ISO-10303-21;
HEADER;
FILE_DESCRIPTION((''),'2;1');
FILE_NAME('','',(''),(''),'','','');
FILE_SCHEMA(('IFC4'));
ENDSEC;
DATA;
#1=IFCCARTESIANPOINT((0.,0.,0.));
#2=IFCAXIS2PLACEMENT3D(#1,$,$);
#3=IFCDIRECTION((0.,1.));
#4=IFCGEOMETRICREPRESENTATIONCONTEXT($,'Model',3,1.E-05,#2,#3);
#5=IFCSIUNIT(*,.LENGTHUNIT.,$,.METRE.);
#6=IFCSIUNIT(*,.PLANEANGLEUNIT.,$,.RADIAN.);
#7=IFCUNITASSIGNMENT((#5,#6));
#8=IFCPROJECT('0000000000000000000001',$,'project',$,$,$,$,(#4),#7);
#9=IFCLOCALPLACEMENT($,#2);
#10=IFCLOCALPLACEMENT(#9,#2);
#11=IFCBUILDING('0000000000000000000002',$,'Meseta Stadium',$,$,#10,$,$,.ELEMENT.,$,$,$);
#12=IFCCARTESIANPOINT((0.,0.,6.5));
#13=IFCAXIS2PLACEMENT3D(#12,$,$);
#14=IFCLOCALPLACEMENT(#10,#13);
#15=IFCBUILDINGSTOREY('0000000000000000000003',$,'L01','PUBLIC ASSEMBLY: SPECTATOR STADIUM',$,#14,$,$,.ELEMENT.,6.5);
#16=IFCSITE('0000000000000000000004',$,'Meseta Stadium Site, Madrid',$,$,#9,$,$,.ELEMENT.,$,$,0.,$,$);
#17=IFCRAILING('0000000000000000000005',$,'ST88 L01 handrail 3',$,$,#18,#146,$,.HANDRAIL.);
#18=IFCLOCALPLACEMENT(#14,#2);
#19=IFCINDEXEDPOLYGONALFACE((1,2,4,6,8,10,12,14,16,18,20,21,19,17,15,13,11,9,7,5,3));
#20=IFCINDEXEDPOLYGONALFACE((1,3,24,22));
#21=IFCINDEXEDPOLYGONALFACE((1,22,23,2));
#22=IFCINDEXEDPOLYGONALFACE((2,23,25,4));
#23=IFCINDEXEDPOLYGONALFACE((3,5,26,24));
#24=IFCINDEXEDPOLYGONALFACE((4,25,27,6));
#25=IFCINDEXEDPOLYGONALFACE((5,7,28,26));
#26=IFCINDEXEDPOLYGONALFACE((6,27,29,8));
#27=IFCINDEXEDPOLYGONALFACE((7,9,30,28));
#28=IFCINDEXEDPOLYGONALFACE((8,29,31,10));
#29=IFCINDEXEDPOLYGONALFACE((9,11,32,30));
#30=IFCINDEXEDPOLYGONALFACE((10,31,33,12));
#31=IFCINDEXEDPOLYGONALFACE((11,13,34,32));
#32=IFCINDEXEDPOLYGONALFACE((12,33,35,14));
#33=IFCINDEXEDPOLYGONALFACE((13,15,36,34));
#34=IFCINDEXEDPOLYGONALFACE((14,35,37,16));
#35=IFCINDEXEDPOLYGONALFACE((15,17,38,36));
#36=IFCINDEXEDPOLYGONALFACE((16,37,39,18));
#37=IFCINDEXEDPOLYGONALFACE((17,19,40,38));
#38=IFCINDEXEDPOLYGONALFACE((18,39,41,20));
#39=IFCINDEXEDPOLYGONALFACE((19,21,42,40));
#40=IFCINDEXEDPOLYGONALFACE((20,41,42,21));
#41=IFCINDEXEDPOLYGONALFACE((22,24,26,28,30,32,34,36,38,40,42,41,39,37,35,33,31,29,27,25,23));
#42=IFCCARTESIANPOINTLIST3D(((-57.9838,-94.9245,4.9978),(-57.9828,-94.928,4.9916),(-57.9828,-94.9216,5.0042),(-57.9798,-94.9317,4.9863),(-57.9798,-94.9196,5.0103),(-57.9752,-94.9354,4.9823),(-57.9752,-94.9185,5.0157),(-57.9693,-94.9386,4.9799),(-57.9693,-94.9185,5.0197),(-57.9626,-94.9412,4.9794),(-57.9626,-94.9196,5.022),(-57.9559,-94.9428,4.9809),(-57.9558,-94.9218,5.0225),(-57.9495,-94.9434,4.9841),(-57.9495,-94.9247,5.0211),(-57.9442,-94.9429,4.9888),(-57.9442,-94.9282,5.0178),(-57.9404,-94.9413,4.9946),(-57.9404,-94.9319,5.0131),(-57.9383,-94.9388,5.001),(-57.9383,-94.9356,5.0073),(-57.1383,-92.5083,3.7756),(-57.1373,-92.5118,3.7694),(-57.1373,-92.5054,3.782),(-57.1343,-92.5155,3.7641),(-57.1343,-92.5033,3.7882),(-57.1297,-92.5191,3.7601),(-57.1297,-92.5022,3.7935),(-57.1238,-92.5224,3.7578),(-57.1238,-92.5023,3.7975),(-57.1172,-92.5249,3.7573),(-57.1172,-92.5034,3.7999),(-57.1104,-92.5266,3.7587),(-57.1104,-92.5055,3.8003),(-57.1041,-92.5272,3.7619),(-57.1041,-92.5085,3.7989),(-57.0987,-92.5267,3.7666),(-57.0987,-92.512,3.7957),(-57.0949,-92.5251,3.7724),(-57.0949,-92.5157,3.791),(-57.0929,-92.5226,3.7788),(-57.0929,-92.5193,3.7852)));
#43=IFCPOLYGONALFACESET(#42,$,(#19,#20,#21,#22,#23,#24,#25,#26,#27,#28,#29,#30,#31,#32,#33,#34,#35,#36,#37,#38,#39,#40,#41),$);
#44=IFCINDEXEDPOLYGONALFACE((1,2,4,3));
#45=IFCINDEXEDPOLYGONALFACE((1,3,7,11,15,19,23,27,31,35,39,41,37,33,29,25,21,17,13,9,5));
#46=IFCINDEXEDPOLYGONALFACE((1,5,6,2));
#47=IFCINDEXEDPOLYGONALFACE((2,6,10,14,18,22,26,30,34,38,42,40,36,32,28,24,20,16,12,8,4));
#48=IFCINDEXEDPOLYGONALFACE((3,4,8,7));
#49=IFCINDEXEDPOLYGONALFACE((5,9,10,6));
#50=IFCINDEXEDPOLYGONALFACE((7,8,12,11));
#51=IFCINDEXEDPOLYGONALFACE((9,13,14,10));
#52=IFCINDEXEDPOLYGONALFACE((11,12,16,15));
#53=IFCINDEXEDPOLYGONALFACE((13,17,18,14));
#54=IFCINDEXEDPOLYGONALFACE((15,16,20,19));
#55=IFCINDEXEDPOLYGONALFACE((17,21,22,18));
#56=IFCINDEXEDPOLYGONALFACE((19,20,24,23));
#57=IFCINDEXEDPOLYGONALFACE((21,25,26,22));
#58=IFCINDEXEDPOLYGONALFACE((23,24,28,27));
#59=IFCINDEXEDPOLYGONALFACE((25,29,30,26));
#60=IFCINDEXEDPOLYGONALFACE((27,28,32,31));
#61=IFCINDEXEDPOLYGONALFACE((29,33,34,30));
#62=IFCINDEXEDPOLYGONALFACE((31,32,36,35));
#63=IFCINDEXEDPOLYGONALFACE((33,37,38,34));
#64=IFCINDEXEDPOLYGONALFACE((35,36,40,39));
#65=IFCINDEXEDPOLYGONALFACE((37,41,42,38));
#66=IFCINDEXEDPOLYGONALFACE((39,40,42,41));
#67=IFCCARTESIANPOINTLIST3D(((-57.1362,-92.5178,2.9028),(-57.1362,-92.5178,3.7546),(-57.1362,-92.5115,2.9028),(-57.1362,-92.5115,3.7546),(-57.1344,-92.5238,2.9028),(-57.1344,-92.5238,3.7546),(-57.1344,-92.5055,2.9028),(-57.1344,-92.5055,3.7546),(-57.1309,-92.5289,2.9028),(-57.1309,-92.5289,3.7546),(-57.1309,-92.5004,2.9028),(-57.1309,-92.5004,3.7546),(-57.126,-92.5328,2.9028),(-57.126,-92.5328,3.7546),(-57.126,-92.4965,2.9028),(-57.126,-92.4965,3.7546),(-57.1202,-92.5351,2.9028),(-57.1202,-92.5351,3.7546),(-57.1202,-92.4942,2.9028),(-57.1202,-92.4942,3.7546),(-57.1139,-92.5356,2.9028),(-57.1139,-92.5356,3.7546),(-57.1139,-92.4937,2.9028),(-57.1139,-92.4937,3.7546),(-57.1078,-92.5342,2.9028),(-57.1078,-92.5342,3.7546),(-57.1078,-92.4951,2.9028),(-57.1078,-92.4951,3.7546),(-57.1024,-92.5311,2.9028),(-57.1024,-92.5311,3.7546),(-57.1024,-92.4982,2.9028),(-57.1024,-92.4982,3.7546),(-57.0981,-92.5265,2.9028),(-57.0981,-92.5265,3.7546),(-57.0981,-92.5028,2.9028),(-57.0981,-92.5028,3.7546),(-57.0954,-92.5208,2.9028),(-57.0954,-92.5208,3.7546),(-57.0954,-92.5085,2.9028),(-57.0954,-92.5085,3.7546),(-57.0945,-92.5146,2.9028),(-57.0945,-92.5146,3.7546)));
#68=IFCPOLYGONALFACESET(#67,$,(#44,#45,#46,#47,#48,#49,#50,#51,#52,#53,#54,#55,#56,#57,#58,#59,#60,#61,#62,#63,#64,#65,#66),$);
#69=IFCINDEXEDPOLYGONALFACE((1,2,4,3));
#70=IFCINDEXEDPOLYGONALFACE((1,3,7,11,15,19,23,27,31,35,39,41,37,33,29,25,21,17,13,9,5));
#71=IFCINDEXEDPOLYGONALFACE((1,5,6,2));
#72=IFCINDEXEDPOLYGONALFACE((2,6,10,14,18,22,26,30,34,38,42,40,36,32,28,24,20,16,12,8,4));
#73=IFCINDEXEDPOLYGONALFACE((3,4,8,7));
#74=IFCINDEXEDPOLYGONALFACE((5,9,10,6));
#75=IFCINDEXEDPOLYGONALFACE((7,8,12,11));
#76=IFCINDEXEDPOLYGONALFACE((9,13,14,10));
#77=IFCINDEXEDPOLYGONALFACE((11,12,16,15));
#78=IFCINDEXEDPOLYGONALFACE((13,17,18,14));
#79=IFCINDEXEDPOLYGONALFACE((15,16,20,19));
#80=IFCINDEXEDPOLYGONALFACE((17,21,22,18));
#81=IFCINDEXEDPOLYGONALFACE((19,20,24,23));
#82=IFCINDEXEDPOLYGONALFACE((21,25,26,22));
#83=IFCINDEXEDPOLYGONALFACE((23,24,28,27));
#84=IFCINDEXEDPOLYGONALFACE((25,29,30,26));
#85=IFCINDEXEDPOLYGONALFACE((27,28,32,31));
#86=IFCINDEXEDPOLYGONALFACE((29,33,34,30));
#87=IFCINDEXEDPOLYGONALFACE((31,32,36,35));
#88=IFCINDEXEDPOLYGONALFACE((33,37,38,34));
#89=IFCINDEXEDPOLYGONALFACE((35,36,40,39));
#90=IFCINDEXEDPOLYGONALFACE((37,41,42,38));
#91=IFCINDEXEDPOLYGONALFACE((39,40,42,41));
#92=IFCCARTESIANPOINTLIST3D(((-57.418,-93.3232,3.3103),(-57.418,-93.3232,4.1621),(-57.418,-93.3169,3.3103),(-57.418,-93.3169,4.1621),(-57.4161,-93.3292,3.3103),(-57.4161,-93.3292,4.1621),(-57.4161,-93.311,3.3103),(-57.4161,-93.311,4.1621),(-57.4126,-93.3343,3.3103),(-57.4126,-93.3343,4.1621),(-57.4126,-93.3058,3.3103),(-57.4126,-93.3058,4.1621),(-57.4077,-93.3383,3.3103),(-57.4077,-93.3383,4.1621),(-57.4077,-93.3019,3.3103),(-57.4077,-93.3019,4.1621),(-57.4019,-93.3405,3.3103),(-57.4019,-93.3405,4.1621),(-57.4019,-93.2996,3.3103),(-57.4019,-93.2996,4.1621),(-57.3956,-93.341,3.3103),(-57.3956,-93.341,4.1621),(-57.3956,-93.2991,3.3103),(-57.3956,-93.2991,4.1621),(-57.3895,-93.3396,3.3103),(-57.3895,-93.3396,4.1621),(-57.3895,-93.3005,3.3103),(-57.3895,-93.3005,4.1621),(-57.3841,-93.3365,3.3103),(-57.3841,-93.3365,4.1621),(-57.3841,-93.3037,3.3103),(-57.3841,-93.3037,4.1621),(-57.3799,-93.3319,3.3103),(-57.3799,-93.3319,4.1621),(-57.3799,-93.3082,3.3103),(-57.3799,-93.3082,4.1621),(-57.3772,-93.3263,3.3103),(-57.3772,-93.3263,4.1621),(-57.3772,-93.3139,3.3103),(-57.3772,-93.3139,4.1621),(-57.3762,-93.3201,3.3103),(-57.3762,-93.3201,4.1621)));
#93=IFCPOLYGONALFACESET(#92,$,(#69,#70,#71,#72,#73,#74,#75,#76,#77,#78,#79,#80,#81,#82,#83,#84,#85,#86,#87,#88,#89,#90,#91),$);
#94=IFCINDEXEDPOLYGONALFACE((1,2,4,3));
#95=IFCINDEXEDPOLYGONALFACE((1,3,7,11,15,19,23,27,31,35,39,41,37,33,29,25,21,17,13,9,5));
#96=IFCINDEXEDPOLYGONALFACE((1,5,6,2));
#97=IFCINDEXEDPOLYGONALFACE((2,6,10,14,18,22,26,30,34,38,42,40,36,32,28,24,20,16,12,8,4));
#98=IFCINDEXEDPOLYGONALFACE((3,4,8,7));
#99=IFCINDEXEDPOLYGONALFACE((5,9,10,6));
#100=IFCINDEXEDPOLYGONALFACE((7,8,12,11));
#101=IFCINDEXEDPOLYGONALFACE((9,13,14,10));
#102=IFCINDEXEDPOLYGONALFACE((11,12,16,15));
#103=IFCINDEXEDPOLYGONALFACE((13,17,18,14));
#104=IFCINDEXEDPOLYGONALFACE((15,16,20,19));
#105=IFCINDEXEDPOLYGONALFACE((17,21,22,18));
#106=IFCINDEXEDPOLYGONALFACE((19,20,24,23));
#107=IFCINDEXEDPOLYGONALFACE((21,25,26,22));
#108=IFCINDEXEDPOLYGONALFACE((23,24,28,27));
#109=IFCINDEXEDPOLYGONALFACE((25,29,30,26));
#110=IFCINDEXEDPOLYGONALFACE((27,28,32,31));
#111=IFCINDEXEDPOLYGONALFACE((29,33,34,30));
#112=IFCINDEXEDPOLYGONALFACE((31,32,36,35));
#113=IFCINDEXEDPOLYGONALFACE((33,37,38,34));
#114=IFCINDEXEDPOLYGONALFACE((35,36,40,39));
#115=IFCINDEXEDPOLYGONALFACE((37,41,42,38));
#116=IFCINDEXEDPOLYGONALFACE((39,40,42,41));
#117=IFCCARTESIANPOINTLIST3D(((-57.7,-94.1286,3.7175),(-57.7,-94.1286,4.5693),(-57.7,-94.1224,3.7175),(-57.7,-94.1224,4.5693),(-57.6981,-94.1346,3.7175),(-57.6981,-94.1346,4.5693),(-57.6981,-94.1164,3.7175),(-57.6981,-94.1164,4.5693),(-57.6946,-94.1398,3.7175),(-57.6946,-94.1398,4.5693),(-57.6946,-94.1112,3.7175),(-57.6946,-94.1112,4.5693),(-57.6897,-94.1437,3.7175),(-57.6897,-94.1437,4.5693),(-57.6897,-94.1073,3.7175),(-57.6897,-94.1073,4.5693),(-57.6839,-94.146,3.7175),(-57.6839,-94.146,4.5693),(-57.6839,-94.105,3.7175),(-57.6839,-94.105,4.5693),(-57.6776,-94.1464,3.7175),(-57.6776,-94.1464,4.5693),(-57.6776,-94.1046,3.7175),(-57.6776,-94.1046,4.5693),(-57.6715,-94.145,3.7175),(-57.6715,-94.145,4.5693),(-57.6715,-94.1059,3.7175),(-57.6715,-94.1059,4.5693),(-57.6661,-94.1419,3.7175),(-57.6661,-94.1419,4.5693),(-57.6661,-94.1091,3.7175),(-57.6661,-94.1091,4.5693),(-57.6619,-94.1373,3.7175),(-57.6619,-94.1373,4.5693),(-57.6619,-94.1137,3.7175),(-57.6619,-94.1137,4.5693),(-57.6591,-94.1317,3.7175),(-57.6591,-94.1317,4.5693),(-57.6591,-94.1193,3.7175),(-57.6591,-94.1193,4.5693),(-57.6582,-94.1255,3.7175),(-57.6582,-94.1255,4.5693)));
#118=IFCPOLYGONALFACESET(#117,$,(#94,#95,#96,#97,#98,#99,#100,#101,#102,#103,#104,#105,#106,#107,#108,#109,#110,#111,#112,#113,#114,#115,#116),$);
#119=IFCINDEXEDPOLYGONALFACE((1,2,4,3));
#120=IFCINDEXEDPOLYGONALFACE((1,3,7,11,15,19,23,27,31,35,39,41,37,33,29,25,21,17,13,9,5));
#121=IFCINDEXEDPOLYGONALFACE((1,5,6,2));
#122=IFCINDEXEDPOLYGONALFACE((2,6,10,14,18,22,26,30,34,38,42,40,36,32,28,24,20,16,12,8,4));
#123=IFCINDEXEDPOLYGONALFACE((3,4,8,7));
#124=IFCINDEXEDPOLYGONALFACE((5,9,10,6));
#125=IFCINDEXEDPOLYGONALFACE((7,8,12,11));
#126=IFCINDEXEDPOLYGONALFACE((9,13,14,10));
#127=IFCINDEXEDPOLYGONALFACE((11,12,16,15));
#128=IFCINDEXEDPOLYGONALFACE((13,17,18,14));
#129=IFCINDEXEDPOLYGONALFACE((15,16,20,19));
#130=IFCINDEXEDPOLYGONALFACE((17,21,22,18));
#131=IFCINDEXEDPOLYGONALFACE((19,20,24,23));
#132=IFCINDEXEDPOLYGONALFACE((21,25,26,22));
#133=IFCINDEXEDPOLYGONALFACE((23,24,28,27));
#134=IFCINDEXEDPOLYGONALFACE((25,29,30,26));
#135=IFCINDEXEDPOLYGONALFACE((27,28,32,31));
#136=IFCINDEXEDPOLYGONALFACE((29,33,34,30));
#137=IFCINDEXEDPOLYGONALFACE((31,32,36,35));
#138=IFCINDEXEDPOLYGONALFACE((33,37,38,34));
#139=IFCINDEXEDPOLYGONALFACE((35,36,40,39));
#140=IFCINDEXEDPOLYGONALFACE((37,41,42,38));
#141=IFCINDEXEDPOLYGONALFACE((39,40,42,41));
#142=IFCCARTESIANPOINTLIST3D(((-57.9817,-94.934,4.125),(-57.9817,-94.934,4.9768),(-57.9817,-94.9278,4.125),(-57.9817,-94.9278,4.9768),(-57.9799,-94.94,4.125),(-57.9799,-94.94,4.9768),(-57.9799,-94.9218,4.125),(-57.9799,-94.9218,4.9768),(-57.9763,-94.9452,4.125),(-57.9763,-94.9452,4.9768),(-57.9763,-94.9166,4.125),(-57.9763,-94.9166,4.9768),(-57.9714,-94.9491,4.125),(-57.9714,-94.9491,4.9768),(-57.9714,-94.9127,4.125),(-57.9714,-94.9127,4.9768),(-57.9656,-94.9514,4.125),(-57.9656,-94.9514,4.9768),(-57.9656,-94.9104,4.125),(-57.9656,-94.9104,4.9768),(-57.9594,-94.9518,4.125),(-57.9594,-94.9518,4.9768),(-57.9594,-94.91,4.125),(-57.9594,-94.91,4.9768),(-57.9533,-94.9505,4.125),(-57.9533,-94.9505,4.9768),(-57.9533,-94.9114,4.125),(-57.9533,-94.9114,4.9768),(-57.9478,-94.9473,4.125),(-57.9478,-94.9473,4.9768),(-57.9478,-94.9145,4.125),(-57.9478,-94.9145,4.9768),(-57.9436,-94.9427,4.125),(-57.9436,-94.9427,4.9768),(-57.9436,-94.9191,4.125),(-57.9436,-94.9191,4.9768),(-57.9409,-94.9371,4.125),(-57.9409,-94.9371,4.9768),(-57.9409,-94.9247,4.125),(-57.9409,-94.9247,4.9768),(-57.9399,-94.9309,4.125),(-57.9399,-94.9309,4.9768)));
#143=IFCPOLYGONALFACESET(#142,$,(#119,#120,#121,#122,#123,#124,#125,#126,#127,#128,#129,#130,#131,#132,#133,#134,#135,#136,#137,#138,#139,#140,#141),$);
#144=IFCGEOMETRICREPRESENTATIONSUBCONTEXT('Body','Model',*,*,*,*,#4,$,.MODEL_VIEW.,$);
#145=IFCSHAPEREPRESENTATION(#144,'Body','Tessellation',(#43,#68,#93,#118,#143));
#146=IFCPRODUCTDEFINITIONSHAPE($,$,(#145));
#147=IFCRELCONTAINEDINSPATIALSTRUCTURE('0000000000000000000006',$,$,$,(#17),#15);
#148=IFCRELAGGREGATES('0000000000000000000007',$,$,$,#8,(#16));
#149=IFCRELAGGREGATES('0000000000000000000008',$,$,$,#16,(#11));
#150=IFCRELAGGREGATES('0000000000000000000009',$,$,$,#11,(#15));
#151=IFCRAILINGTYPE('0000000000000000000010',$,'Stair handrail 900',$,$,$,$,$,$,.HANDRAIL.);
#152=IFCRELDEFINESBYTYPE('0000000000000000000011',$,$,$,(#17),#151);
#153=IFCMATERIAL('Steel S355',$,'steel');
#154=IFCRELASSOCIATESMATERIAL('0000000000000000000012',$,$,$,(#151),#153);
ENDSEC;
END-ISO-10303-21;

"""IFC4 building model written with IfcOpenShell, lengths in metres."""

from ifc_helpers import new_model, si_unit, direction, frame, origin, origin_2d, place, context, subcontext, project, spatial, circle, extrude, material, type_object, element, save


model = new_model("IFC4")

# Units and contexts
model_context = context("Model", 3, precision=1e-05, world=origin(), true_north=direction((0.0, 1.0)))
body_context = subcontext(model_context, "Body", "Model", "MODEL_VIEW")
ifc_project = project(units=[si_unit("LENGTHUNIT", "METRE"), si_unit("PLANEANGLEUNIT", "RADIAN")], contexts=[model_context])

# Site, building, storey
site_placement = place(None, origin())
site = spatial("IfcSite", under=ifc_project, at=site_placement, Name="Meseta Stadium Site, Madrid", CompositionType="ELEMENT", RefElevation=0.0)
building_placement = place(site_placement, origin())
building = spatial("IfcBuilding", under=site, at=building_placement, Name="Meseta Stadium", CompositionType="ELEMENT")
storey_placement = place(building_placement, frame((0.0, 0.0, 6.5)))
storey = spatial("IfcBuildingStorey", under=building, at=storey_placement, Name="L01", Description="PUBLIC ASSEMBLY: SPECTATOR STADIUM", CompositionType="ELEMENT", Elevation=6.5)

# Railing
ifc_material_1 = material(Name="Steel S355", Category="steel")
railing_type_1 = type_object("IfcRailingType", Name="Stair handrail 900", PredefinedType="HANDRAIL", material=ifc_material_1)
for number, where, name in (
    (1, (-57.1155, -92.5146, 2.9028), "ST88 L01 handrail 3"),
):
    element("IfcRailing", number, at=place(storey_placement, frame(where)), inside=storey, type_object=railing_type_1, Name=name, PredefinedType="HANDRAIL", context=body_context, shape_type="SweptSolid", body=[
        extrude(circle(Radius=0.0239, at=origin_2d()), frame((0.0, 0.0, 0.876), z_axis=(-0.298044, -0.851789, 0.430843), x_axis=(0.943887, -0.33027, 0.0)), (0.0, 0.0, 1.0), 2.8367),
        extrude(circle(Radius=0.021, at=origin_2d()), origin(), (0.0, 0.0, 1.0), 0.8518),
        extrude(circle(Radius=0.021, at=origin_2d()), frame((-0.2817, -0.8054, 0.4075)), (0.0, 0.0, 1.0), 0.8518),
        extrude(circle(Radius=0.021, at=origin_2d()), frame((-0.5637, -1.6108, 0.8147)), (0.0, 0.0, 1.0), 0.8518),
        extrude(circle(Radius=0.021, at=origin_2d()), frame((-0.8455, -2.4163, 1.2222)), (0.0, 0.0, 1.0), 0.8518),
    ])

save(model, "model.ifc")
